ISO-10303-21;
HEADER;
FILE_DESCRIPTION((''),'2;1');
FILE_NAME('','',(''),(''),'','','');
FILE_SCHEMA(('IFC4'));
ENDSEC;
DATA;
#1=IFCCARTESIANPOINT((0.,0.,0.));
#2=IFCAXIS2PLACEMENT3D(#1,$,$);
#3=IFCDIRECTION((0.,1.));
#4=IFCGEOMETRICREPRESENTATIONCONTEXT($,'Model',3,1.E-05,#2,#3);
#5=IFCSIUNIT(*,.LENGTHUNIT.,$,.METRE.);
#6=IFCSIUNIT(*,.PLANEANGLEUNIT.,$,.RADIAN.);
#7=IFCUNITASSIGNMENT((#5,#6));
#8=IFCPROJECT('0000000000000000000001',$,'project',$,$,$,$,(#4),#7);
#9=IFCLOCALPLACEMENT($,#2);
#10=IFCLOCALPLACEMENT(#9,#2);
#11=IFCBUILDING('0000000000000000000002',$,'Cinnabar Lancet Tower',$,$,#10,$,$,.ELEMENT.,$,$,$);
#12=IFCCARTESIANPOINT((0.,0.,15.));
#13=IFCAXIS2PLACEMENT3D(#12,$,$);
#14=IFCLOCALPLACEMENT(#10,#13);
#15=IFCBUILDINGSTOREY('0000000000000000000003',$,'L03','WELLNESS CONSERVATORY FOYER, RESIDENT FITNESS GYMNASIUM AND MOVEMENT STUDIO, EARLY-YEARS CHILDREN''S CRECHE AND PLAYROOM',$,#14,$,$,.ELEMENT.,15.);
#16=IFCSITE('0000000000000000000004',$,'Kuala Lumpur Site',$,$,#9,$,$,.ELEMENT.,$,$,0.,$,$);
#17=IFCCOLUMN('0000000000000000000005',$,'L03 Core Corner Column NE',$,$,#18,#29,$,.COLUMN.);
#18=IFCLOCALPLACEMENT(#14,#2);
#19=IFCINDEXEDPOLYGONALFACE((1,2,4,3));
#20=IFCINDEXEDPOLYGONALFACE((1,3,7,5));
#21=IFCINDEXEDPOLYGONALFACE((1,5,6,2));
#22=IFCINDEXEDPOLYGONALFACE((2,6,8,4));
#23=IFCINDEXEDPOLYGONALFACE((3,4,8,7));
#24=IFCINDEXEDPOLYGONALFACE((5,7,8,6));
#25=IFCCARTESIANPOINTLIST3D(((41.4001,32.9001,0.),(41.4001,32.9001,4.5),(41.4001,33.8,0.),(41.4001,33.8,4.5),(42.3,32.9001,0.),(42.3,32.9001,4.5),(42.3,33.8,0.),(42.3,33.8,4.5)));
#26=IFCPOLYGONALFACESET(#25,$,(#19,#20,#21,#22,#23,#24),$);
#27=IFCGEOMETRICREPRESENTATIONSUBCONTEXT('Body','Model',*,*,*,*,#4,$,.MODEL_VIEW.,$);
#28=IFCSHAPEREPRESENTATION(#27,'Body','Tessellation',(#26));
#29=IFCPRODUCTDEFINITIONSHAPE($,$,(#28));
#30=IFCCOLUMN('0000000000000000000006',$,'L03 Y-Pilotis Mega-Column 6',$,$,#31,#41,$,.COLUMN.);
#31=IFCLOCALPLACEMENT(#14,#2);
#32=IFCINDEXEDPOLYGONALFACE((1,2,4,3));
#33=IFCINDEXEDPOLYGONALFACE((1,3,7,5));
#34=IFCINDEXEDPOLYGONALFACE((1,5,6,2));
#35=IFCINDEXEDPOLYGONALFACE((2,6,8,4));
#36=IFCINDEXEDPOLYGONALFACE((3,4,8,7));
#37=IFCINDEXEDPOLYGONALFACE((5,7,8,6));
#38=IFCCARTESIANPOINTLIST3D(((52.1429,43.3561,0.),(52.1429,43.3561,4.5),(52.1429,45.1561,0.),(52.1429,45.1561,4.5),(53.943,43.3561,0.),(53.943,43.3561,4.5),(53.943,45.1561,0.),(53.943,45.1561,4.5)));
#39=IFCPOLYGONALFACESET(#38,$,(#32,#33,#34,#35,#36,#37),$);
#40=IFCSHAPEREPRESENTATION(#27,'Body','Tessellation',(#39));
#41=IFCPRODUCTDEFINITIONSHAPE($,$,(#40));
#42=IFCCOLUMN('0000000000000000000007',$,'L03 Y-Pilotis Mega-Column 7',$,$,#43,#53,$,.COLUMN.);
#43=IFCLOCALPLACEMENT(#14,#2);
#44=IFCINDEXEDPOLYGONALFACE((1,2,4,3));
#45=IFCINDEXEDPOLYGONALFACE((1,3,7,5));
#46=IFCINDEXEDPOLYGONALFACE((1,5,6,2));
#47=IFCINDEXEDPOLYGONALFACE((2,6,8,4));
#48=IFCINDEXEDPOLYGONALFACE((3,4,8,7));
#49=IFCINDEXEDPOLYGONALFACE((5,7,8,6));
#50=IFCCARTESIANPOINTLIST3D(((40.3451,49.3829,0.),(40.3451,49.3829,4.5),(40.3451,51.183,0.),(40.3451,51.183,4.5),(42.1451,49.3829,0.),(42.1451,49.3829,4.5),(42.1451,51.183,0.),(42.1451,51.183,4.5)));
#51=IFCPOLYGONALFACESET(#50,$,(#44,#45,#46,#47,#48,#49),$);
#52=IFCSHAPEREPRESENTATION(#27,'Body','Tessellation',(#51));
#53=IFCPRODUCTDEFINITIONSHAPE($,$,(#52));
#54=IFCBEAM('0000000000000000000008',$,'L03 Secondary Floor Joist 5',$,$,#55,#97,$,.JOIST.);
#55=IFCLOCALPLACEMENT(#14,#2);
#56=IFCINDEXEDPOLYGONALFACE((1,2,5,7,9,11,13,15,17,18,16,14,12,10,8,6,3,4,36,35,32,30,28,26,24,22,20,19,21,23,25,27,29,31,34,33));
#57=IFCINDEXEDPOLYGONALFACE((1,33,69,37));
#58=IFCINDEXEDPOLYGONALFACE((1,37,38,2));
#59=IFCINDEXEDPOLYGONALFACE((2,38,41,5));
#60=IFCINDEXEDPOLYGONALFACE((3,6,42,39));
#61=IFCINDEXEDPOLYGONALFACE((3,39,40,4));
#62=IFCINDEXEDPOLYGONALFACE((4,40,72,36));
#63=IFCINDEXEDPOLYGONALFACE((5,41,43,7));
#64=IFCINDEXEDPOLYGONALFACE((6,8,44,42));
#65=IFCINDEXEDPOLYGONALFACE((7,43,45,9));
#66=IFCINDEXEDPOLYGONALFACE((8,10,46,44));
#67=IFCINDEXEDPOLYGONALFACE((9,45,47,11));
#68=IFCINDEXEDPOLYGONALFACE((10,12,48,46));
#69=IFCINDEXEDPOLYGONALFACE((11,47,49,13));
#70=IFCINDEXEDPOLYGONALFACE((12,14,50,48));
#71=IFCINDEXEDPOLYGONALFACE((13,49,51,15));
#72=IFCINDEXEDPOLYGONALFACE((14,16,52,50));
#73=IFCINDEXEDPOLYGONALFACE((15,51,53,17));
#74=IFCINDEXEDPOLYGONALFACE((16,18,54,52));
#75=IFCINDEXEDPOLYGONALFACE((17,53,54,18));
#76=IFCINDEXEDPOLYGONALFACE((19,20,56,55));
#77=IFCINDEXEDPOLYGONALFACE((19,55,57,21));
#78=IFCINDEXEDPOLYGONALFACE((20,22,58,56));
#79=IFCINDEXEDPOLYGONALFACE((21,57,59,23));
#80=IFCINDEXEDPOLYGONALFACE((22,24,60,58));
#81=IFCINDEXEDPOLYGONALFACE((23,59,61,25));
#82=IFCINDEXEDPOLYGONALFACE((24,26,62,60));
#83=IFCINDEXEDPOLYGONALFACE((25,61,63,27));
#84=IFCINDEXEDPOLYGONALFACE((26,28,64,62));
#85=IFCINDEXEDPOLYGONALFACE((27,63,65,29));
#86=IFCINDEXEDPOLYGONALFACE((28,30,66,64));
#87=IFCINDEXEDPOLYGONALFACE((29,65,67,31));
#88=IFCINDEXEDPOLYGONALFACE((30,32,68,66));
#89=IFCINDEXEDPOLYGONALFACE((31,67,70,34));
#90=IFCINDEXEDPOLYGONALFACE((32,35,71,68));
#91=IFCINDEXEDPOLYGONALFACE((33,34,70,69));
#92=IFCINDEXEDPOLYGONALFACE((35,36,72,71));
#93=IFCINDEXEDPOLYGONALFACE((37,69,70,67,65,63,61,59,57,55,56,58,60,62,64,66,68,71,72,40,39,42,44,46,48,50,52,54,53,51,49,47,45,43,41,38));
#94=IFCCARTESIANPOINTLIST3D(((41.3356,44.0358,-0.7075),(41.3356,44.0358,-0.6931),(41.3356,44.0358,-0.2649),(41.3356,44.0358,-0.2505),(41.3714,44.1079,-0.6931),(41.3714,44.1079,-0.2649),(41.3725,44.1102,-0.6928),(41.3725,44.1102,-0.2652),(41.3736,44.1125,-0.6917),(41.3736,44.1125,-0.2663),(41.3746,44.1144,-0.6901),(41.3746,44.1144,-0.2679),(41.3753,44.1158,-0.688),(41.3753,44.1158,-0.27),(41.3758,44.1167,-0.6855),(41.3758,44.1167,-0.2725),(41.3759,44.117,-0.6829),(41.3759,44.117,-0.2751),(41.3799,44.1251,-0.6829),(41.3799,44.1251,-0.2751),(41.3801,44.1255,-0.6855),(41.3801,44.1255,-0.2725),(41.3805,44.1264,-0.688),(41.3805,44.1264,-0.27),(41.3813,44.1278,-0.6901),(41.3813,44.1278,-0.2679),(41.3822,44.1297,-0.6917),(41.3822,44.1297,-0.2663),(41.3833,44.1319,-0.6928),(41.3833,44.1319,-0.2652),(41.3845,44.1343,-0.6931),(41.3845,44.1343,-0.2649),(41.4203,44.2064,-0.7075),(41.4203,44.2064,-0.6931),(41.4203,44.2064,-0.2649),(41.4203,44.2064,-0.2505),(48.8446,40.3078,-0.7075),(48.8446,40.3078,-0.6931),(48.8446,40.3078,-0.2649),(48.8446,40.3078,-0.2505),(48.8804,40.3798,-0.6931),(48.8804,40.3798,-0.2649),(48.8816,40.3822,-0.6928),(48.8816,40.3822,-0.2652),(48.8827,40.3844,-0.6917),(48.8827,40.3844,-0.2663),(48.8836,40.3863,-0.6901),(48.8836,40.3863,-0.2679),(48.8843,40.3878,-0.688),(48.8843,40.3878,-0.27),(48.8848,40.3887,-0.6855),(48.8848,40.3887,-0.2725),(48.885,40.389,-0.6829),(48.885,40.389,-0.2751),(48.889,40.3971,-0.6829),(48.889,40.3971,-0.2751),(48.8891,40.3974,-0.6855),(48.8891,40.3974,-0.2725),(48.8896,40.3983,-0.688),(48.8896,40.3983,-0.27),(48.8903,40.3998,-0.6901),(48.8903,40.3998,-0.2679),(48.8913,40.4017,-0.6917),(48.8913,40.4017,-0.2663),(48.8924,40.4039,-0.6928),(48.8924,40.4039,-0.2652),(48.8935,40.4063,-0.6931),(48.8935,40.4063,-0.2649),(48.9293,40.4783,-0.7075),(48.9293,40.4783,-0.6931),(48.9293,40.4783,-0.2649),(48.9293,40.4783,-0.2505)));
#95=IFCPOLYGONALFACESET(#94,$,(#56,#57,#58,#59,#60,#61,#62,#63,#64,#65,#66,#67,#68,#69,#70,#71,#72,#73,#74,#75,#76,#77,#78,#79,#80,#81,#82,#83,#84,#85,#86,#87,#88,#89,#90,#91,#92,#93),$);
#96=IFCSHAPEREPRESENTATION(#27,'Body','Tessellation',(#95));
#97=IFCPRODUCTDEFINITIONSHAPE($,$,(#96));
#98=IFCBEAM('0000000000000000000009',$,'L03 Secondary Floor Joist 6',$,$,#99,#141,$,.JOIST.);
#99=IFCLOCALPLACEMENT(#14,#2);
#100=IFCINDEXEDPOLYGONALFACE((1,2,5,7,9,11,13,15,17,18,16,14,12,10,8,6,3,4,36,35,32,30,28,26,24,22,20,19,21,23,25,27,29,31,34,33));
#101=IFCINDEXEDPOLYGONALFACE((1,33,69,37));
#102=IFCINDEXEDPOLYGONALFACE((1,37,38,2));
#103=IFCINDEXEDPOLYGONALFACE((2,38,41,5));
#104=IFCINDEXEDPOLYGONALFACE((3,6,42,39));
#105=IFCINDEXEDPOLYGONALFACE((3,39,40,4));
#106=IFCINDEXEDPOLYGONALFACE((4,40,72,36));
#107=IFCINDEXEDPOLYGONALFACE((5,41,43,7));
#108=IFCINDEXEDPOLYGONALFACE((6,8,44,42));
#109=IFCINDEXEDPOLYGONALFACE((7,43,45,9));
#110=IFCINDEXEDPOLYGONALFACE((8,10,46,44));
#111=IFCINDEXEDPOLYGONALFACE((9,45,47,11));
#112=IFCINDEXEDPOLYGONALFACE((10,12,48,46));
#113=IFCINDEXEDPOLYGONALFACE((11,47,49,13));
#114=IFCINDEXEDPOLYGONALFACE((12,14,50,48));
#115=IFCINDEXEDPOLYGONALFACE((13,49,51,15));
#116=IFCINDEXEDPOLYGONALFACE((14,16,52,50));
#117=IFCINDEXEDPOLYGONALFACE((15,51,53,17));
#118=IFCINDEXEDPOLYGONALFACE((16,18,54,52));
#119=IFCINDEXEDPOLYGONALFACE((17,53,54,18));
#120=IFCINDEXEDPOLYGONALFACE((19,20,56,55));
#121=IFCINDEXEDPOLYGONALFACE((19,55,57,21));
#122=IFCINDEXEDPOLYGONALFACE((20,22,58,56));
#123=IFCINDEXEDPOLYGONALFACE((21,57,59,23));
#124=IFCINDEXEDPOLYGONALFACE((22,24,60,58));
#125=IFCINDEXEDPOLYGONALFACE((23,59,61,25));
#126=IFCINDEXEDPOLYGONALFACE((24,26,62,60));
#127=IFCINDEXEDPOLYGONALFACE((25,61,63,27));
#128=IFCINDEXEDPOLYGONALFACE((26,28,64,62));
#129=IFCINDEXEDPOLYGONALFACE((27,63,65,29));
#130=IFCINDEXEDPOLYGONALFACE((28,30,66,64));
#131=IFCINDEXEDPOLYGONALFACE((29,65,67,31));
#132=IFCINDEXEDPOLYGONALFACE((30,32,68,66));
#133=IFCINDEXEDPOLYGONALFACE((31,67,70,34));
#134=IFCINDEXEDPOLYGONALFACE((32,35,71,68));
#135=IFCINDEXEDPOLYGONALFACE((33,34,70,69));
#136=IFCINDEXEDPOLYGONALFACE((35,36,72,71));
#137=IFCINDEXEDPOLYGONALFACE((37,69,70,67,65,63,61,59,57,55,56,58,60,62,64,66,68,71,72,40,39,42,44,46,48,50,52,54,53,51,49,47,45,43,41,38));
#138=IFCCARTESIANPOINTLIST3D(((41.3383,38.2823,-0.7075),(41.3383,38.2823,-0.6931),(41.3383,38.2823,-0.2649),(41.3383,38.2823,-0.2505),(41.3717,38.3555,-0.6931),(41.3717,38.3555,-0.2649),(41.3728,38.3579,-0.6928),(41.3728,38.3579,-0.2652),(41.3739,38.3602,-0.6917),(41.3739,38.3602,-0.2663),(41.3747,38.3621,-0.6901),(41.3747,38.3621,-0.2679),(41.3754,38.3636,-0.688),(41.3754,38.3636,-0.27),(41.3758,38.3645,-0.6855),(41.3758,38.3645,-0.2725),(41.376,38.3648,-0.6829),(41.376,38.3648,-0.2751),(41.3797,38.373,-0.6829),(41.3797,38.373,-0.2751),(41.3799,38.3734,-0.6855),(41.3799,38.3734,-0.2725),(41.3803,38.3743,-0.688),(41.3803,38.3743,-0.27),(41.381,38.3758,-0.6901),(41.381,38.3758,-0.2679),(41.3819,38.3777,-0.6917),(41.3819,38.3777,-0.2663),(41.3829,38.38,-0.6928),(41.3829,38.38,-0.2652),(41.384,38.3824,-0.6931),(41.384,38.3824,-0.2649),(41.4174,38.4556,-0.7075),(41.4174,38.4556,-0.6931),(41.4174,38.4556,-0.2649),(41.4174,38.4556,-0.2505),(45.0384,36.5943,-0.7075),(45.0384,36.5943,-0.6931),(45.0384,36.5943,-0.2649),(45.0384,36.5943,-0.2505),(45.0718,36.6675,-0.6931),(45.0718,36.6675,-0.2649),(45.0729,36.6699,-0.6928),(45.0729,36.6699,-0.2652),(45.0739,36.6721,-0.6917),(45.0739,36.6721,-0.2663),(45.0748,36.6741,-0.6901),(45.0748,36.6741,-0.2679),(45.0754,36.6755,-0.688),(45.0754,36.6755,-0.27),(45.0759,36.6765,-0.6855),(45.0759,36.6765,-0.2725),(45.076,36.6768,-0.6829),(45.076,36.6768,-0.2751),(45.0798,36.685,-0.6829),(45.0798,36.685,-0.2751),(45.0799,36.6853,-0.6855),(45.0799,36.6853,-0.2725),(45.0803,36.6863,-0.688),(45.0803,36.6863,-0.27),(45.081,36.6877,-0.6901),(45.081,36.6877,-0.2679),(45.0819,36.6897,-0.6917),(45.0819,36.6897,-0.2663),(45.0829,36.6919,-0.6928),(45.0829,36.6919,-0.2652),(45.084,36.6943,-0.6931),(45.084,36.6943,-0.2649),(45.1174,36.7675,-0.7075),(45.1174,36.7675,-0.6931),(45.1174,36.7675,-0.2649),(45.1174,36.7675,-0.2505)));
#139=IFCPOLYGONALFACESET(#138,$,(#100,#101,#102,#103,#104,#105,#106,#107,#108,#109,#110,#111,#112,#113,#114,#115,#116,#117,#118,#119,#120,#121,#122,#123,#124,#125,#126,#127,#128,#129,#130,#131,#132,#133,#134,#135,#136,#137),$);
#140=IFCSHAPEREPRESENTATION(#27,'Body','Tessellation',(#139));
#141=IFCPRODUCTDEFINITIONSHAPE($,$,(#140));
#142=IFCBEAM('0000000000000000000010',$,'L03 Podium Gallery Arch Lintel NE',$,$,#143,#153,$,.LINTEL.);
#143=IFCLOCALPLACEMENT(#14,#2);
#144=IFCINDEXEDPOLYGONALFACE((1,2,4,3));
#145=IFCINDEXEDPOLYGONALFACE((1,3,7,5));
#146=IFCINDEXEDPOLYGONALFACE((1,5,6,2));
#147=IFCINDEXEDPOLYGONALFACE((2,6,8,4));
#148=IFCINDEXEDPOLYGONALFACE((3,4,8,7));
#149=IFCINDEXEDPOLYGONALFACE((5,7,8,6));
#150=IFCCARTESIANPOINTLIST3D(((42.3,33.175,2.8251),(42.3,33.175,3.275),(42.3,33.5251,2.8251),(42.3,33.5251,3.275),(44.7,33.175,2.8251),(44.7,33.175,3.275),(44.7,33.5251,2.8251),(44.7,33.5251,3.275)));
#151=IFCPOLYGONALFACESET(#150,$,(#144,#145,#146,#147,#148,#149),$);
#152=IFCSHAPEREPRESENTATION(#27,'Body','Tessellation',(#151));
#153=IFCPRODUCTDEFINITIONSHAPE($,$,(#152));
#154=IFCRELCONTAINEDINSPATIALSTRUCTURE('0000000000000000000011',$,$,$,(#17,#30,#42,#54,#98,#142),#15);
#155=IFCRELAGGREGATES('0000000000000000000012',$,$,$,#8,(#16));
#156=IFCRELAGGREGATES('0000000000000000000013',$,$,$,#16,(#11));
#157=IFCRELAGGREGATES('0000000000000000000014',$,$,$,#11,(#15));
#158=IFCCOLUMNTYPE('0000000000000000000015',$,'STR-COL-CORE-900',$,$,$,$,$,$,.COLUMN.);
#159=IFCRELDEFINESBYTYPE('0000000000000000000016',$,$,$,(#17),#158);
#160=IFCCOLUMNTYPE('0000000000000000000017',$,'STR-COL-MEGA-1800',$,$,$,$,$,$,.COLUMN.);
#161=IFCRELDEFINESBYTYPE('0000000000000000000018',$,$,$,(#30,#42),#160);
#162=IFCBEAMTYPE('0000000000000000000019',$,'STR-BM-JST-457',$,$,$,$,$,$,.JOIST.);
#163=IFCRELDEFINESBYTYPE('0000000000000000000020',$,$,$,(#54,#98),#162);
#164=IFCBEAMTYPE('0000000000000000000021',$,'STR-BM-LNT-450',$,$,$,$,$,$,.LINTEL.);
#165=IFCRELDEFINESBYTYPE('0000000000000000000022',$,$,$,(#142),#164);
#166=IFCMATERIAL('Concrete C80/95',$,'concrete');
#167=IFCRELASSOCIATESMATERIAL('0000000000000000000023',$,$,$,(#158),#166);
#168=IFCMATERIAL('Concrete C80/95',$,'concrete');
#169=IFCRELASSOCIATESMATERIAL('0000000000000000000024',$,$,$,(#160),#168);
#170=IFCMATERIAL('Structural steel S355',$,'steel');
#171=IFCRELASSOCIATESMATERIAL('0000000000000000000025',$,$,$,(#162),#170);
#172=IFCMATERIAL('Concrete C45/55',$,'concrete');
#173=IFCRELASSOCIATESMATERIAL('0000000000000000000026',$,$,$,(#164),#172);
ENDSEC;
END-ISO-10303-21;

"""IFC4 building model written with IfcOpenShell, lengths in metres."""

from ifc_helpers import new_model, si_unit, direction, frame, origin, origin_2d, place, context, subcontext, project, spatial, rectangle, i_section, extrude, material, material_profile, profile_set, type_object, element, save


model = new_model("IFC4")

# Units and contexts
model_context = context("Model", 3, precision=1e-05, world=origin(), true_north=direction((0.0, 1.0)))
body_context = subcontext(model_context, "Body", "Model", "MODEL_VIEW")
ifc_project = project(units=[si_unit("LENGTHUNIT", "METRE"), si_unit("PLANEANGLEUNIT", "RADIAN")], contexts=[model_context])

# Site, building, storey
site_placement = place(None, origin())
site = spatial("IfcSite", under=ifc_project, at=site_placement, Name="Kuala Lumpur Site", CompositionType="ELEMENT", RefElevation=0.0)
building_placement = place(site_placement, origin())
building = spatial("IfcBuilding", under=site, at=building_placement, Name="Cinnabar Lancet Tower", CompositionType="ELEMENT")
storey_placement = place(building_placement, frame((0.0, 0.0, 15.0)))
storey = spatial("IfcBuildingStorey", under=building, at=storey_placement, Name="L03", Description="WELLNESS CONSERVATORY FOYER, RESIDENT FITNESS GYMNASIUM AND MOVEMENT STUDIO, EARLY-YEARS CHILDREN'S CRECHE AND PLAYROOM", CompositionType="ELEMENT", Elevation=15.0)

# Columns
ifc_material_1 = material(Name="Concrete C80/95", Category="concrete")
ifc_material_profile_1 = material_profile(ifc_material_1, rectangle(XDim=0.8999, YDim=0.8999, at=origin_2d()), Name="RC-COL 900x900")
ifc_profile_set_1 = profile_set([ifc_material_profile_1], Name="Concrete C80/95")
column_type_1 = type_object("IfcColumnType", Name="STR-COL-CORE-900", PredefinedType="COLUMN", material=ifc_profile_set_1)
column_placement = place(storey_placement, frame((41.8501, 33.3501, 0.0), z_axis=(0.0, 0.0, 1.0), x_axis=(1.0, 0.0, 0.0)))
element("IfcColumn", 1, at=column_placement, inside=storey, type_object=column_type_1, Name="L03 Core Corner Column NE", PredefinedType="COLUMN", context=body_context, shape_type="SweptSolid", body=[
    extrude(rectangle(XDim=0.8999, YDim=0.8999, at=origin_2d()), origin(), (0.0, 0.0, 1.0), 4.5),
])
ifc_material_2 = material(Name="Concrete C80/95", Category="concrete")
ifc_material_profile_2 = material_profile(ifc_material_2, rectangle(XDim=1.8, YDim=1.8, at=origin_2d()), Name="RC-MEGA 1800x1800")
ifc_profile_set_2 = profile_set([ifc_material_profile_2], Name="Concrete C80/95")
column_type_2 = type_object("IfcColumnType", Name="STR-COL-MEGA-1800", PredefinedType="COLUMN", material=ifc_profile_set_2)
for number, where, z_axis, x_axis, name in (
    (2, (53.043, 44.2561, 0.0), (0.0, 0.0, 1.0), (1.0, 0.0, 0.0), "L03 Y-Pilotis Mega-Column 6"),
    (3, (41.2451, 50.283, 0.0), (0.0, 0.0, 1.0), (1.0, 0.0, 0.0), "L03 Y-Pilotis Mega-Column 7"),
):
    element("IfcColumn", number, at=place(storey_placement, frame(where, z_axis=z_axis, x_axis=x_axis)), inside=storey, type_object=column_type_2, Name=name, PredefinedType="COLUMN", context=body_context, shape_type="SweptSolid", body=[
        extrude(rectangle(XDim=1.8, YDim=1.8, at=origin_2d()), origin(), (0.0, 0.0, 1.0), 4.5),
    ])

# Beams
ifc_material_3 = material(Name="Structural steel S355", Category="steel")
ifc_material_profile_3 = material_profile(ifc_material_3, i_section(OverallWidth=0.1904, OverallDepth=0.457, WebThickness=0.009, FlangeThickness=0.0144, FilletRadius=0.0103, at=origin_2d()), Name="UKB 457x191x74")
ifc_profile_set_3 = profile_set([ifc_material_profile_3], Name="Structural steel S355")
beam_type_1 = type_object("IfcBeamType", Name="STR-BM-JST-457", PredefinedType="JOIST", material=ifc_profile_set_3)
beam_1_placement = place(storey_placement, frame((48.887, 40.3931, -0.479), z_axis=(-0.895687, 0.444684, 0.0), x_axis=(-0.444684, -0.895687, 0.0)))
element("IfcBeam", 4, at=beam_1_placement, inside=storey, type_object=beam_type_1, Name="L03 Secondary Floor Joist 5", PredefinedType="JOIST", context=body_context, shape_type="SweptSolid", body=[
    extrude(i_section(OverallWidth=0.1904, OverallDepth=0.457, WebThickness=0.009, FlangeThickness=0.0144, FilletRadius=0.0103, at=origin_2d()), origin(), (0.0, 0.0, 1.0), 8.3835),
])
beam_2_placement = place(storey_placement, frame((45.0779, 36.6809, -0.479), z_axis=(-0.909792, 0.415064, 0.0), x_axis=(-0.415064, -0.909792, 0.0)))
element("IfcBeam", 5, at=beam_2_placement, inside=storey, type_object=beam_type_1, Name="L03 Secondary Floor Joist 6", PredefinedType="JOIST", context=body_context, shape_type="SweptSolid", body=[
    extrude(i_section(OverallWidth=0.1904, OverallDepth=0.457, WebThickness=0.009, FlangeThickness=0.0144, FilletRadius=0.0103, at=origin_2d()), origin(), (0.0, 0.0, 1.0), 4.0669),
])
ifc_material_4 = material(Name="Concrete C45/55", Category="concrete")
ifc_material_profile_4 = material_profile(ifc_material_4, rectangle(XDim=0.3501, YDim=0.45, at=origin_2d()), Name="RC-LNT 350x450")
ifc_profile_set_4 = profile_set([ifc_material_profile_4], Name="Concrete C45/55")
beam_type_2 = type_object("IfcBeamType", Name="STR-BM-LNT-450", PredefinedType="LINTEL", material=ifc_profile_set_4)
beam_3_placement = place(storey_placement, frame((42.3, 33.3501, 3.05), z_axis=(1.0, 0.0, 0.0), x_axis=(0.0, 1.0, 0.0)))
element("IfcBeam", 6, at=beam_3_placement, inside=storey, type_object=beam_type_2, Name="L03 Podium Gallery Arch Lintel NE", PredefinedType="LINTEL", context=body_context, shape_type="SweptSolid", body=[
    extrude(rectangle(XDim=0.3501, YDim=0.45, at=origin_2d()), origin(), (0.0, 0.0, 1.0), 2.3999),
])

save(model, "model.ifc")
